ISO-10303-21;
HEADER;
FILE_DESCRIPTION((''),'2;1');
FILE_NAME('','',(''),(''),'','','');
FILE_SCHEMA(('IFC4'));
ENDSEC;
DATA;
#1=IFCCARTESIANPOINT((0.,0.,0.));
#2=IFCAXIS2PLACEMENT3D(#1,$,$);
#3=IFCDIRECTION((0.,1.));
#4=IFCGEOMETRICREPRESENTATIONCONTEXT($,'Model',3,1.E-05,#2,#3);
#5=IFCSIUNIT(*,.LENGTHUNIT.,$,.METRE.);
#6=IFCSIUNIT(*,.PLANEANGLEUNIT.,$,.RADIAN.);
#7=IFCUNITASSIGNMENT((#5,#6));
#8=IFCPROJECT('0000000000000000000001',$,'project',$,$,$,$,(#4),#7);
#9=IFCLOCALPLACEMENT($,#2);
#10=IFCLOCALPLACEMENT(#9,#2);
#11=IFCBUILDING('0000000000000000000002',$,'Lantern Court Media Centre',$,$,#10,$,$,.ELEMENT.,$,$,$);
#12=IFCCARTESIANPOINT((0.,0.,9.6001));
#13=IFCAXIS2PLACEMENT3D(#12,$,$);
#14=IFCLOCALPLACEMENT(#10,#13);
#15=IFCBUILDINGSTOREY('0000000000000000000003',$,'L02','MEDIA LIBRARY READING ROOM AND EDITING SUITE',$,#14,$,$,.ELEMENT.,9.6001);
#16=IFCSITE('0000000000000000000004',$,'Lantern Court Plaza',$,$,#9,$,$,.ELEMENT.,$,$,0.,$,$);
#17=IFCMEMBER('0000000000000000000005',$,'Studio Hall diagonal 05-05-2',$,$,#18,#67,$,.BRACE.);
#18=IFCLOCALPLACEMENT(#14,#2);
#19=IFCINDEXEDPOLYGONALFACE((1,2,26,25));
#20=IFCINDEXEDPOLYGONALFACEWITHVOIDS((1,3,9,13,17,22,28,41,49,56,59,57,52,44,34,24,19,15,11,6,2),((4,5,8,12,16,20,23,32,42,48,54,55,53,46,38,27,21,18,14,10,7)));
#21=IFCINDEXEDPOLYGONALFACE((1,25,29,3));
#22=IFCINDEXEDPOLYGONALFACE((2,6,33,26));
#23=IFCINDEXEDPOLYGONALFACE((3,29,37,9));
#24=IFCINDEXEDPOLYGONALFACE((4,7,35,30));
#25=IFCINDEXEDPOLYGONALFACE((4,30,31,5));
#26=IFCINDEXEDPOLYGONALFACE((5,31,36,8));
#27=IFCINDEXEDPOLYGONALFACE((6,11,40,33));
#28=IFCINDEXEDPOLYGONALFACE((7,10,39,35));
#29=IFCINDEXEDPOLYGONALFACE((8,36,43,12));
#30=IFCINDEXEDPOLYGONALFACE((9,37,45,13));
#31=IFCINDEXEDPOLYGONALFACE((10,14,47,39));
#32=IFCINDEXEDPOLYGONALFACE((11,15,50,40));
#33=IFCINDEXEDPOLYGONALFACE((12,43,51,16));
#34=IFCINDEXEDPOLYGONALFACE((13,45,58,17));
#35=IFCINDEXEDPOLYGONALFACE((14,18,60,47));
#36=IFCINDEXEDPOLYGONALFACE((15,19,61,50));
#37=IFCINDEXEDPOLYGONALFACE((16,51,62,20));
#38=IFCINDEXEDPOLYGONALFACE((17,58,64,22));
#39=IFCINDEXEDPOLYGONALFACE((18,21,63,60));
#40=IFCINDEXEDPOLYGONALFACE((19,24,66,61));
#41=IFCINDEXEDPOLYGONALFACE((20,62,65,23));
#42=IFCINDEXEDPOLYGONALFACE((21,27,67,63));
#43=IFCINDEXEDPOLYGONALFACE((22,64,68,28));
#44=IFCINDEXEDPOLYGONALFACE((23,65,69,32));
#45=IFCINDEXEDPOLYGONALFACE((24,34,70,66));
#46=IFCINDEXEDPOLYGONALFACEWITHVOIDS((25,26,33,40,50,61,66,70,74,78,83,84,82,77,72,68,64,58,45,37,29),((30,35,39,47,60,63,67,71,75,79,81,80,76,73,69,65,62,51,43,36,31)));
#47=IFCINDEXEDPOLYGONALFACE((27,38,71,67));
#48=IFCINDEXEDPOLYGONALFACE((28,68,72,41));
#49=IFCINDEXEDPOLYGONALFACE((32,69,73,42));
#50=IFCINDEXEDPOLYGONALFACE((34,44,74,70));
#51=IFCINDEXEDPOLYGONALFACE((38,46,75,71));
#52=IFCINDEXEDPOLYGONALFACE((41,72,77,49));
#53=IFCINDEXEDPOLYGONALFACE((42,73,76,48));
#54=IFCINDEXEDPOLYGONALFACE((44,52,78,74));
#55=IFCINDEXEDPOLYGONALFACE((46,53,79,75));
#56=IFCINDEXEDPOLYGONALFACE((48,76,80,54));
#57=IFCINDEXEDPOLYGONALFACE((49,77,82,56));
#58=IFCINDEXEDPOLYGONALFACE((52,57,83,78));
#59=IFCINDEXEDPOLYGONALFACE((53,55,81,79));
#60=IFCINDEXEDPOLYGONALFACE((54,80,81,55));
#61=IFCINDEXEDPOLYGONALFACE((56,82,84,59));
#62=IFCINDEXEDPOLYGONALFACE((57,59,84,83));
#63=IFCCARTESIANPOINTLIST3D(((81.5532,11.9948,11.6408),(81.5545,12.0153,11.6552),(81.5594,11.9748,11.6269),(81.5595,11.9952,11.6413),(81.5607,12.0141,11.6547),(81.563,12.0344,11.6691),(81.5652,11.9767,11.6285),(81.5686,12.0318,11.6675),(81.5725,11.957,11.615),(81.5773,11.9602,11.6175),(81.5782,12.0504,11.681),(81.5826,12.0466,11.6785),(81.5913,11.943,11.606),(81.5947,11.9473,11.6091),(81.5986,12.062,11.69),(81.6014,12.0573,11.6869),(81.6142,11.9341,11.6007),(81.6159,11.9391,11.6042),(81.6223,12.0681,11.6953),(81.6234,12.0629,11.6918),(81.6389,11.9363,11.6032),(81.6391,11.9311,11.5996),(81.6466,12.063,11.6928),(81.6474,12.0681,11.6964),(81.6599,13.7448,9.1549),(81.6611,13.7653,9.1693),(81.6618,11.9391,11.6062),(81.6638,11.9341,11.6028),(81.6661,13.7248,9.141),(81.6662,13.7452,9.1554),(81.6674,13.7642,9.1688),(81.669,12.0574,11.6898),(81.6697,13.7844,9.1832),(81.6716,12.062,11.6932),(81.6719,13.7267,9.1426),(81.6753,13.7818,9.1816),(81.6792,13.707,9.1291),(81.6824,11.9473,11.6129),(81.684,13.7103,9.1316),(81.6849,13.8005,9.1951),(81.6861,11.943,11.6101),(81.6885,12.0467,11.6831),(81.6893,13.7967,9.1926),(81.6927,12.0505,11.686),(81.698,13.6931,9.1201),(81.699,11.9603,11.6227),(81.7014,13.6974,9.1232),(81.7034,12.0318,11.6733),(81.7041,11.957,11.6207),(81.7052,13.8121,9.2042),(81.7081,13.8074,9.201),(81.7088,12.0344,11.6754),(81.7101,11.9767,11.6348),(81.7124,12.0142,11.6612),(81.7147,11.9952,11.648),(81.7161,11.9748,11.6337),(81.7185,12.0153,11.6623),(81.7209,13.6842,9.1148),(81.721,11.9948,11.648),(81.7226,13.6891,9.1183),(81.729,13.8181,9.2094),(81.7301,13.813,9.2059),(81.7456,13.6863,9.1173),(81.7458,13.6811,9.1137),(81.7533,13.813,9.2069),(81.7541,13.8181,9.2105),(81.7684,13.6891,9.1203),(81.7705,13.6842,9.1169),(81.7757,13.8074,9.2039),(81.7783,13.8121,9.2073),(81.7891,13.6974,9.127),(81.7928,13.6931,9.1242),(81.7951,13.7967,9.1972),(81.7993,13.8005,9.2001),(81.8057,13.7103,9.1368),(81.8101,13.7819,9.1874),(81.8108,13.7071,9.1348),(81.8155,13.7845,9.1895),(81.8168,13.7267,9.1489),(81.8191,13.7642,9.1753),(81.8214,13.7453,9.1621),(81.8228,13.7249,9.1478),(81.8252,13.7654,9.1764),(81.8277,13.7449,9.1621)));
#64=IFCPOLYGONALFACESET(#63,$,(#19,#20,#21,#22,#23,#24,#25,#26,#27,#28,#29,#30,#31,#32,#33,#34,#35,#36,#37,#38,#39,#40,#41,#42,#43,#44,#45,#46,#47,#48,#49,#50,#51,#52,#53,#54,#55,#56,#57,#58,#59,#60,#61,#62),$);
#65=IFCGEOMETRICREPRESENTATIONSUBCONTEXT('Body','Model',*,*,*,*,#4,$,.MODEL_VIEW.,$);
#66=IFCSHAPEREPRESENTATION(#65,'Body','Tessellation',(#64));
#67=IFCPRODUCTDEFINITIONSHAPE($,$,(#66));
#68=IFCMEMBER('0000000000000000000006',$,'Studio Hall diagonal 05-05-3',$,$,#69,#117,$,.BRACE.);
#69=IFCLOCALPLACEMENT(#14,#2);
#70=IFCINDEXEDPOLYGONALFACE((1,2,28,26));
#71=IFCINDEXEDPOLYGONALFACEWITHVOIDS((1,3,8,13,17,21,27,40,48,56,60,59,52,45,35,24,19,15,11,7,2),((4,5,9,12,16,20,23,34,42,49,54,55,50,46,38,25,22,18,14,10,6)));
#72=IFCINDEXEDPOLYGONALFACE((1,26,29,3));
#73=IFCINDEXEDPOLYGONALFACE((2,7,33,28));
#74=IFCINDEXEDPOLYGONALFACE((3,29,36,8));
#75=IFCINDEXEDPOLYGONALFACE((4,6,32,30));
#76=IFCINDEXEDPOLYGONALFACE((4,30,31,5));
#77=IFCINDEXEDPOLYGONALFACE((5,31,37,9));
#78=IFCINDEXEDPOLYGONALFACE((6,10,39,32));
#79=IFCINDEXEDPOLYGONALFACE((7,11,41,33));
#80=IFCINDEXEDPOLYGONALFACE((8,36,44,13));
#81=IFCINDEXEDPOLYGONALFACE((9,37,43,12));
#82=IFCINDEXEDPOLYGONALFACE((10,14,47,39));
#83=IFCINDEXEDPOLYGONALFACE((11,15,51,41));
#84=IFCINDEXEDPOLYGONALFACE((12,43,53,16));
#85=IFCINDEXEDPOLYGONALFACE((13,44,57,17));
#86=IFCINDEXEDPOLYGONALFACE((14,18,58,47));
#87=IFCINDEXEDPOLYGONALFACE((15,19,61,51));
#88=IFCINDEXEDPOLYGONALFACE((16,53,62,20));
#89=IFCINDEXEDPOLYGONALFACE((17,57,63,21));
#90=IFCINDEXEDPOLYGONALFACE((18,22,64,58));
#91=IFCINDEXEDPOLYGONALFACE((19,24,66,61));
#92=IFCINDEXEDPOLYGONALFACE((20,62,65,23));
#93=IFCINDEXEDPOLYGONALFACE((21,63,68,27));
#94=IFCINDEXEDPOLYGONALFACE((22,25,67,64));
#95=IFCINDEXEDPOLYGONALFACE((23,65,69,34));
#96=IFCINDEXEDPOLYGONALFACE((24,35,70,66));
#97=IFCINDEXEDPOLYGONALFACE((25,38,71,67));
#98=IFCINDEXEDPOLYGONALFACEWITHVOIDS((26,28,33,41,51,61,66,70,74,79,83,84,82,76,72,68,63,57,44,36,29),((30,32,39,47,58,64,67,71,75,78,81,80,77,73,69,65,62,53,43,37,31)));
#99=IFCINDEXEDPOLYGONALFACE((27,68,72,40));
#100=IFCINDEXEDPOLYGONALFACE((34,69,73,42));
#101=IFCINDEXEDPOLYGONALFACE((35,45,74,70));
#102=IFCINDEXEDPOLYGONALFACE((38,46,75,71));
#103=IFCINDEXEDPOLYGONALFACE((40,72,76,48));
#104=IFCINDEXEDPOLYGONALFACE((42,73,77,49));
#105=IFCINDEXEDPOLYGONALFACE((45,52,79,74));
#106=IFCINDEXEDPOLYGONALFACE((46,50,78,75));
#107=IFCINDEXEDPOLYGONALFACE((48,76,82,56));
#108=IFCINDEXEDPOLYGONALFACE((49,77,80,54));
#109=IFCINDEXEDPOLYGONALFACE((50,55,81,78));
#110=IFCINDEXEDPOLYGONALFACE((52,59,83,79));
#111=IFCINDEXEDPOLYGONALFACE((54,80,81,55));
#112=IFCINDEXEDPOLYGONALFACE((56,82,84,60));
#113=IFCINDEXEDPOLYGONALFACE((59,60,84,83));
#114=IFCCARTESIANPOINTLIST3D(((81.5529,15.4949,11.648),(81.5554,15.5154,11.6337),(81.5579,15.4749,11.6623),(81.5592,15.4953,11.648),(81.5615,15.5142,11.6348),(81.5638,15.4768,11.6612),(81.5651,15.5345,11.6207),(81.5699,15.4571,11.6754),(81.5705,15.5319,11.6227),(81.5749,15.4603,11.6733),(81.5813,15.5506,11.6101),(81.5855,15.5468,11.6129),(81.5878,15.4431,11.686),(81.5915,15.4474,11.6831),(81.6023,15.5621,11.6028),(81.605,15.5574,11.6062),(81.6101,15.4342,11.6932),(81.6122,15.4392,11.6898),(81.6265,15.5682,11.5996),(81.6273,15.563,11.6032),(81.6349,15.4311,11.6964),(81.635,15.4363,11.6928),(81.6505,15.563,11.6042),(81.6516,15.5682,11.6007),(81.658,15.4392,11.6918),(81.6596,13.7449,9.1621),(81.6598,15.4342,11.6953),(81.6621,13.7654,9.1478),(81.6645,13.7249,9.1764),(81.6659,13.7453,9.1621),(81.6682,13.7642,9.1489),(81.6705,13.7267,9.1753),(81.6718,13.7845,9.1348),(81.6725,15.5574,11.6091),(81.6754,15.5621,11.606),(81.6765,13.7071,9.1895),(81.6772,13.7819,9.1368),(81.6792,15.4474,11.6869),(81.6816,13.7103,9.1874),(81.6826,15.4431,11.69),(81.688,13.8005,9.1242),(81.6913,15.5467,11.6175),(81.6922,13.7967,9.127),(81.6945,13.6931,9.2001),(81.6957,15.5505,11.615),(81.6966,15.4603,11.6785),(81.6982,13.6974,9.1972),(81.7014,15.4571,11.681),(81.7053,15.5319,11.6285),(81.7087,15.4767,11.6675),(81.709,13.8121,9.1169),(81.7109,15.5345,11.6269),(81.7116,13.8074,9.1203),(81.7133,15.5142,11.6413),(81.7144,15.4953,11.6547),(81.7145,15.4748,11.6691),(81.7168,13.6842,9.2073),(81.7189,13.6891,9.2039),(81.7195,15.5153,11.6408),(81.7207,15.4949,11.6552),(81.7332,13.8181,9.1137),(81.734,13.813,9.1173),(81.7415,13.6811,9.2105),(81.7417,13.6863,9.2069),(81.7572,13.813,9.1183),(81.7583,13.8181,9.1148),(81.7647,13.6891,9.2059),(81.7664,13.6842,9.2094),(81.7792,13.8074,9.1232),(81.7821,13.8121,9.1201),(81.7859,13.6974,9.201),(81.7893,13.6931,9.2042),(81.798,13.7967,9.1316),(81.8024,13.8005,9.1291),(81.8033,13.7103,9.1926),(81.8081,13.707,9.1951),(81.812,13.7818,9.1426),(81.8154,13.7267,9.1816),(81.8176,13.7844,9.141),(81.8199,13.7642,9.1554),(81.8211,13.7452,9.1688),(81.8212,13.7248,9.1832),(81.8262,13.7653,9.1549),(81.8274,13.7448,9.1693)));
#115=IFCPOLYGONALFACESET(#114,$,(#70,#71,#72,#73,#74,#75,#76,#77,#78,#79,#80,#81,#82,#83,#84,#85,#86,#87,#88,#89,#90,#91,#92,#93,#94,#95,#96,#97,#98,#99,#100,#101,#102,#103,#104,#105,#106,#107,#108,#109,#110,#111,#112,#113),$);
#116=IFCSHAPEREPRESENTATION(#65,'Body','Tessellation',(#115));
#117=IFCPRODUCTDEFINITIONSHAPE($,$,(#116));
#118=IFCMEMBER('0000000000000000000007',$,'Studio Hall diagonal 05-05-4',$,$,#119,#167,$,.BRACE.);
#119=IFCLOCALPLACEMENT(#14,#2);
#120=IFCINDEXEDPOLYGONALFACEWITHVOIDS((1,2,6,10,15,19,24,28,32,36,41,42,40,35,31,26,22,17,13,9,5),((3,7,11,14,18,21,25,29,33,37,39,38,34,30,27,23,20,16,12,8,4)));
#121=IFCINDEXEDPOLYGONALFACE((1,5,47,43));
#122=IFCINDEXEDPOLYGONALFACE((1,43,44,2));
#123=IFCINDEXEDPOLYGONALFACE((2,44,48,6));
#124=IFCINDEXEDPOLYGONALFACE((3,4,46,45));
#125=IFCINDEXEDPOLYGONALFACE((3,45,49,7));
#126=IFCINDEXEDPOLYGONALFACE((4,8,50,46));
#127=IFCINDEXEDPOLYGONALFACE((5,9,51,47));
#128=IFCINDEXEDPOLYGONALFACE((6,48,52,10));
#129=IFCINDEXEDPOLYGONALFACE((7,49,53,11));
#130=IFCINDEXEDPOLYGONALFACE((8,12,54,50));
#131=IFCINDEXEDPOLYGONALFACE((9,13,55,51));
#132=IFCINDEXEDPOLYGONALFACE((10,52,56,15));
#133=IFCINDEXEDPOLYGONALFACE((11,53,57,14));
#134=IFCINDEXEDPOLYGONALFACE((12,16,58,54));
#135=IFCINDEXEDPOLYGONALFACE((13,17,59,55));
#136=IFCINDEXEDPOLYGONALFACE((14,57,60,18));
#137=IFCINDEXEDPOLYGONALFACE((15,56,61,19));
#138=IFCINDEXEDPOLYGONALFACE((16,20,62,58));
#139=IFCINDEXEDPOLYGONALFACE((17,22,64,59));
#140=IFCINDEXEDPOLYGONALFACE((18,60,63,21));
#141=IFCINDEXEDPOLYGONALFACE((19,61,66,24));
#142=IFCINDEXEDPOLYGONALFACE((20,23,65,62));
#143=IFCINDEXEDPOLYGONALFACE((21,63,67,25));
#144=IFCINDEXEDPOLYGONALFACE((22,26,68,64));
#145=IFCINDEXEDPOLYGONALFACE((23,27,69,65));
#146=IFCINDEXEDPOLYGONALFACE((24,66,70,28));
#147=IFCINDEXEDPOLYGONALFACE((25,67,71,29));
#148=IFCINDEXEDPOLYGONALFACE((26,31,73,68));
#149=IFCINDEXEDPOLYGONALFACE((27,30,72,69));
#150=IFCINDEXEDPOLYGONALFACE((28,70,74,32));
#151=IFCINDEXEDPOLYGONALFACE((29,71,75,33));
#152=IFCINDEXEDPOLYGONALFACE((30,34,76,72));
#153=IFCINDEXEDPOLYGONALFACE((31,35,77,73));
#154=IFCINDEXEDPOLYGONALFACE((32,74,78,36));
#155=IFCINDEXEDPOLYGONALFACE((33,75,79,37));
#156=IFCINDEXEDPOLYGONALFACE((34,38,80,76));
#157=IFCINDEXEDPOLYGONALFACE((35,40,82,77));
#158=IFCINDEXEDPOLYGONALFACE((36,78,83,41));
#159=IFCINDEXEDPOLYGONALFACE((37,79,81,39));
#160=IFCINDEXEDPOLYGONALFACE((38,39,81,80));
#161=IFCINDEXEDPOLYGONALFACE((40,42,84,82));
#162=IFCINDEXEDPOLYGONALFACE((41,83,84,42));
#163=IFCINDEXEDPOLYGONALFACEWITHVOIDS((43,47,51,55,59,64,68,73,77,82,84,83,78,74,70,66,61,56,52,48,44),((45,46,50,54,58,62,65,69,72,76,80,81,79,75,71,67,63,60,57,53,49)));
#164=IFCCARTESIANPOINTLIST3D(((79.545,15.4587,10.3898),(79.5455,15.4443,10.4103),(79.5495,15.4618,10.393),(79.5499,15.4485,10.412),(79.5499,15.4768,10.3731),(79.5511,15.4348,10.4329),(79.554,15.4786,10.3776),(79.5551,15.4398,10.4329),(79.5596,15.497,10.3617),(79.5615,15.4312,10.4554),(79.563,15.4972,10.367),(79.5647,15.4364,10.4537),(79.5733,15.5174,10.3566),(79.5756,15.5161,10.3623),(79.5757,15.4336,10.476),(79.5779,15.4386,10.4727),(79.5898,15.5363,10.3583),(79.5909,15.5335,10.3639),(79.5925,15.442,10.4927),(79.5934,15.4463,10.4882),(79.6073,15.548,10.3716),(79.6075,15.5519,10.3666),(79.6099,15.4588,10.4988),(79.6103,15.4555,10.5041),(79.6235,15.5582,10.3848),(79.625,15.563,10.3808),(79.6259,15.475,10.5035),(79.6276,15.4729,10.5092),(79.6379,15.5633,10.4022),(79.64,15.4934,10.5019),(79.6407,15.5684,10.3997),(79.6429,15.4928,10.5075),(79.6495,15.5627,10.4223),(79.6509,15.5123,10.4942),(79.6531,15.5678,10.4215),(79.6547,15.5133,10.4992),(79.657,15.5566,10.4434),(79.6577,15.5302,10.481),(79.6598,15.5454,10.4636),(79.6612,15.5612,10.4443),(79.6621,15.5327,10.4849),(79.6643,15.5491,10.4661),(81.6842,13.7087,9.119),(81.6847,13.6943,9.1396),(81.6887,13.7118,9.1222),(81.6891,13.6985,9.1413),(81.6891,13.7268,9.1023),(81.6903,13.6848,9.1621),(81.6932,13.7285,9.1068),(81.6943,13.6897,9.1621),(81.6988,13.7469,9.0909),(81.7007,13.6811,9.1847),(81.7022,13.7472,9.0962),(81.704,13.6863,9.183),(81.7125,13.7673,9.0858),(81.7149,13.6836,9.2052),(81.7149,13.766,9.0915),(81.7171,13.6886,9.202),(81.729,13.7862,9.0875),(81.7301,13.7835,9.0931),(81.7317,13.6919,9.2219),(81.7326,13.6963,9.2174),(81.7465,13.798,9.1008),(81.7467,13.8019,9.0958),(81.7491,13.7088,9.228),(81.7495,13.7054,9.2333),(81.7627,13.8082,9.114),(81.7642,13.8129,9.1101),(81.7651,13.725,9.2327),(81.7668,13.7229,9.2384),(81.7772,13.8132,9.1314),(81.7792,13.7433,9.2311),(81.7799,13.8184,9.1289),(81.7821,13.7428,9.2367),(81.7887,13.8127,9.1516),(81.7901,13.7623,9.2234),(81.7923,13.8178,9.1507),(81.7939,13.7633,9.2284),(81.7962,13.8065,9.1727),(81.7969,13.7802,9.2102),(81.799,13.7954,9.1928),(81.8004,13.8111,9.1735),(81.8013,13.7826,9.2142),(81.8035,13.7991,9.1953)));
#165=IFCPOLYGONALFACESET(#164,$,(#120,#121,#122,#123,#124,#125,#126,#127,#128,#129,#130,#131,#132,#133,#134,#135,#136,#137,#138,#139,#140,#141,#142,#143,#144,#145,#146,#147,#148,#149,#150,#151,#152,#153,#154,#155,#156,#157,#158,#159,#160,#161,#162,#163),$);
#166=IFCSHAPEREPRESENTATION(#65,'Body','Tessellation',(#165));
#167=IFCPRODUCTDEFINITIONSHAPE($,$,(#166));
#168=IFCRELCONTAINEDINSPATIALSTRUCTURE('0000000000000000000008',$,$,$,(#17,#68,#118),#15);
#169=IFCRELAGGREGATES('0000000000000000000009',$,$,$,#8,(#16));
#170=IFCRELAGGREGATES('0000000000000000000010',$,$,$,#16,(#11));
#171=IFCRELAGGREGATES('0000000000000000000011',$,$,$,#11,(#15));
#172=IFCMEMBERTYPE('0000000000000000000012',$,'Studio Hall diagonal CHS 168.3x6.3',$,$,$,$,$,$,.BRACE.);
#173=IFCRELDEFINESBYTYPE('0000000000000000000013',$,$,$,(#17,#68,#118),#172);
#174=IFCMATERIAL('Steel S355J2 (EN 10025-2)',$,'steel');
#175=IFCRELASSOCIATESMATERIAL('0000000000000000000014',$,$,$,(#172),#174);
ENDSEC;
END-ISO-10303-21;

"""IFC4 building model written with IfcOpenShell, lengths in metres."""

from ifc_helpers import new_model, si_unit, direction, frame, origin, origin_2d, place, context, subcontext, project, spatial, hollow_circle, extrude, material, material_profile, profile_set, type_object, element, save


model = new_model("IFC4")

# Units and contexts
model_context = context("Model", 3, precision=1e-05, world=origin(), true_north=direction((0.0, 1.0)))
body_context = subcontext(model_context, "Body", "Model", "MODEL_VIEW")
ifc_project = project(units=[si_unit("LENGTHUNIT", "METRE"), si_unit("PLANEANGLEUNIT", "RADIAN")], contexts=[model_context])

# Site, building, storey
site_placement = place(None, origin())
site = spatial("IfcSite", under=ifc_project, at=site_placement, Name="Lantern Court Plaza", CompositionType="ELEMENT", RefElevation=0.0)
building_placement = place(site_placement, origin())
building = spatial("IfcBuilding", under=site, at=building_placement, Name="Lantern Court Media Centre", CompositionType="ELEMENT")
storey_placement = place(building_placement, frame((0.0, 0.0, 9.6001)))
storey = spatial("IfcBuildingStorey", under=building, at=storey_placement, Name="L02", Description="MEDIA LIBRARY READING ROOM AND EDITING SUITE", CompositionType="ELEMENT", Elevation=9.6001)

# Members
ifc_material = material(Name="Steel S355J2 (EN 10025-2)", Category="steel")
ifc_material_profile_1 = material_profile(ifc_material, hollow_circle(Radius=0.0842, WallThickness=0.0063, at=origin_2d()), Name="Studio Hall diagonal CHS 168.3x6.3")
ifc_profile_set_1 = profile_set([ifc_material_profile_1], Name="Steel S355J2 (EN 10025-2)")
member_type_1 = type_object("IfcMemberType", Name="Studio Hall diagonal CHS 168.3x6.3", PredefinedType="BRACE", material=ifc_profile_set_1)
for number, where, z_axis, x_axis, name in (
    (1, (81.7437, 13.75, 9.1621), (-0.035073, -0.575294, 0.817194), (0.998147, -0.060852, 0.0), "Studio Hall diagonal 05-05-2"),
    (2, (81.7437, 13.75, 9.1621), (-0.035073, 0.575294, 0.817194), (-0.998147, -0.060852, 0.0), "Studio Hall diagonal 05-05-3"),
    (3, (81.7437, 13.75, 9.1621), (-0.703225, 0.575293, 0.417746), (-0.63319, -0.773997, 0.0), "Studio Hall diagonal 05-05-4"),
):
    element("IfcMember", number, at=place(storey_placement, frame(where, z_axis=z_axis, x_axis=x_axis)), inside=storey, type_object=member_type_1, Name=name, PredefinedType="BRACE", context=body_context, shape_type="SweptSolid", body=[
        extrude(hollow_circle(Radius=0.0842, WallThickness=0.0063, at=origin_2d()), origin(), (0.0, 0.0, 1.0), 3.042),
    ])

save(model, "model.ifc")
